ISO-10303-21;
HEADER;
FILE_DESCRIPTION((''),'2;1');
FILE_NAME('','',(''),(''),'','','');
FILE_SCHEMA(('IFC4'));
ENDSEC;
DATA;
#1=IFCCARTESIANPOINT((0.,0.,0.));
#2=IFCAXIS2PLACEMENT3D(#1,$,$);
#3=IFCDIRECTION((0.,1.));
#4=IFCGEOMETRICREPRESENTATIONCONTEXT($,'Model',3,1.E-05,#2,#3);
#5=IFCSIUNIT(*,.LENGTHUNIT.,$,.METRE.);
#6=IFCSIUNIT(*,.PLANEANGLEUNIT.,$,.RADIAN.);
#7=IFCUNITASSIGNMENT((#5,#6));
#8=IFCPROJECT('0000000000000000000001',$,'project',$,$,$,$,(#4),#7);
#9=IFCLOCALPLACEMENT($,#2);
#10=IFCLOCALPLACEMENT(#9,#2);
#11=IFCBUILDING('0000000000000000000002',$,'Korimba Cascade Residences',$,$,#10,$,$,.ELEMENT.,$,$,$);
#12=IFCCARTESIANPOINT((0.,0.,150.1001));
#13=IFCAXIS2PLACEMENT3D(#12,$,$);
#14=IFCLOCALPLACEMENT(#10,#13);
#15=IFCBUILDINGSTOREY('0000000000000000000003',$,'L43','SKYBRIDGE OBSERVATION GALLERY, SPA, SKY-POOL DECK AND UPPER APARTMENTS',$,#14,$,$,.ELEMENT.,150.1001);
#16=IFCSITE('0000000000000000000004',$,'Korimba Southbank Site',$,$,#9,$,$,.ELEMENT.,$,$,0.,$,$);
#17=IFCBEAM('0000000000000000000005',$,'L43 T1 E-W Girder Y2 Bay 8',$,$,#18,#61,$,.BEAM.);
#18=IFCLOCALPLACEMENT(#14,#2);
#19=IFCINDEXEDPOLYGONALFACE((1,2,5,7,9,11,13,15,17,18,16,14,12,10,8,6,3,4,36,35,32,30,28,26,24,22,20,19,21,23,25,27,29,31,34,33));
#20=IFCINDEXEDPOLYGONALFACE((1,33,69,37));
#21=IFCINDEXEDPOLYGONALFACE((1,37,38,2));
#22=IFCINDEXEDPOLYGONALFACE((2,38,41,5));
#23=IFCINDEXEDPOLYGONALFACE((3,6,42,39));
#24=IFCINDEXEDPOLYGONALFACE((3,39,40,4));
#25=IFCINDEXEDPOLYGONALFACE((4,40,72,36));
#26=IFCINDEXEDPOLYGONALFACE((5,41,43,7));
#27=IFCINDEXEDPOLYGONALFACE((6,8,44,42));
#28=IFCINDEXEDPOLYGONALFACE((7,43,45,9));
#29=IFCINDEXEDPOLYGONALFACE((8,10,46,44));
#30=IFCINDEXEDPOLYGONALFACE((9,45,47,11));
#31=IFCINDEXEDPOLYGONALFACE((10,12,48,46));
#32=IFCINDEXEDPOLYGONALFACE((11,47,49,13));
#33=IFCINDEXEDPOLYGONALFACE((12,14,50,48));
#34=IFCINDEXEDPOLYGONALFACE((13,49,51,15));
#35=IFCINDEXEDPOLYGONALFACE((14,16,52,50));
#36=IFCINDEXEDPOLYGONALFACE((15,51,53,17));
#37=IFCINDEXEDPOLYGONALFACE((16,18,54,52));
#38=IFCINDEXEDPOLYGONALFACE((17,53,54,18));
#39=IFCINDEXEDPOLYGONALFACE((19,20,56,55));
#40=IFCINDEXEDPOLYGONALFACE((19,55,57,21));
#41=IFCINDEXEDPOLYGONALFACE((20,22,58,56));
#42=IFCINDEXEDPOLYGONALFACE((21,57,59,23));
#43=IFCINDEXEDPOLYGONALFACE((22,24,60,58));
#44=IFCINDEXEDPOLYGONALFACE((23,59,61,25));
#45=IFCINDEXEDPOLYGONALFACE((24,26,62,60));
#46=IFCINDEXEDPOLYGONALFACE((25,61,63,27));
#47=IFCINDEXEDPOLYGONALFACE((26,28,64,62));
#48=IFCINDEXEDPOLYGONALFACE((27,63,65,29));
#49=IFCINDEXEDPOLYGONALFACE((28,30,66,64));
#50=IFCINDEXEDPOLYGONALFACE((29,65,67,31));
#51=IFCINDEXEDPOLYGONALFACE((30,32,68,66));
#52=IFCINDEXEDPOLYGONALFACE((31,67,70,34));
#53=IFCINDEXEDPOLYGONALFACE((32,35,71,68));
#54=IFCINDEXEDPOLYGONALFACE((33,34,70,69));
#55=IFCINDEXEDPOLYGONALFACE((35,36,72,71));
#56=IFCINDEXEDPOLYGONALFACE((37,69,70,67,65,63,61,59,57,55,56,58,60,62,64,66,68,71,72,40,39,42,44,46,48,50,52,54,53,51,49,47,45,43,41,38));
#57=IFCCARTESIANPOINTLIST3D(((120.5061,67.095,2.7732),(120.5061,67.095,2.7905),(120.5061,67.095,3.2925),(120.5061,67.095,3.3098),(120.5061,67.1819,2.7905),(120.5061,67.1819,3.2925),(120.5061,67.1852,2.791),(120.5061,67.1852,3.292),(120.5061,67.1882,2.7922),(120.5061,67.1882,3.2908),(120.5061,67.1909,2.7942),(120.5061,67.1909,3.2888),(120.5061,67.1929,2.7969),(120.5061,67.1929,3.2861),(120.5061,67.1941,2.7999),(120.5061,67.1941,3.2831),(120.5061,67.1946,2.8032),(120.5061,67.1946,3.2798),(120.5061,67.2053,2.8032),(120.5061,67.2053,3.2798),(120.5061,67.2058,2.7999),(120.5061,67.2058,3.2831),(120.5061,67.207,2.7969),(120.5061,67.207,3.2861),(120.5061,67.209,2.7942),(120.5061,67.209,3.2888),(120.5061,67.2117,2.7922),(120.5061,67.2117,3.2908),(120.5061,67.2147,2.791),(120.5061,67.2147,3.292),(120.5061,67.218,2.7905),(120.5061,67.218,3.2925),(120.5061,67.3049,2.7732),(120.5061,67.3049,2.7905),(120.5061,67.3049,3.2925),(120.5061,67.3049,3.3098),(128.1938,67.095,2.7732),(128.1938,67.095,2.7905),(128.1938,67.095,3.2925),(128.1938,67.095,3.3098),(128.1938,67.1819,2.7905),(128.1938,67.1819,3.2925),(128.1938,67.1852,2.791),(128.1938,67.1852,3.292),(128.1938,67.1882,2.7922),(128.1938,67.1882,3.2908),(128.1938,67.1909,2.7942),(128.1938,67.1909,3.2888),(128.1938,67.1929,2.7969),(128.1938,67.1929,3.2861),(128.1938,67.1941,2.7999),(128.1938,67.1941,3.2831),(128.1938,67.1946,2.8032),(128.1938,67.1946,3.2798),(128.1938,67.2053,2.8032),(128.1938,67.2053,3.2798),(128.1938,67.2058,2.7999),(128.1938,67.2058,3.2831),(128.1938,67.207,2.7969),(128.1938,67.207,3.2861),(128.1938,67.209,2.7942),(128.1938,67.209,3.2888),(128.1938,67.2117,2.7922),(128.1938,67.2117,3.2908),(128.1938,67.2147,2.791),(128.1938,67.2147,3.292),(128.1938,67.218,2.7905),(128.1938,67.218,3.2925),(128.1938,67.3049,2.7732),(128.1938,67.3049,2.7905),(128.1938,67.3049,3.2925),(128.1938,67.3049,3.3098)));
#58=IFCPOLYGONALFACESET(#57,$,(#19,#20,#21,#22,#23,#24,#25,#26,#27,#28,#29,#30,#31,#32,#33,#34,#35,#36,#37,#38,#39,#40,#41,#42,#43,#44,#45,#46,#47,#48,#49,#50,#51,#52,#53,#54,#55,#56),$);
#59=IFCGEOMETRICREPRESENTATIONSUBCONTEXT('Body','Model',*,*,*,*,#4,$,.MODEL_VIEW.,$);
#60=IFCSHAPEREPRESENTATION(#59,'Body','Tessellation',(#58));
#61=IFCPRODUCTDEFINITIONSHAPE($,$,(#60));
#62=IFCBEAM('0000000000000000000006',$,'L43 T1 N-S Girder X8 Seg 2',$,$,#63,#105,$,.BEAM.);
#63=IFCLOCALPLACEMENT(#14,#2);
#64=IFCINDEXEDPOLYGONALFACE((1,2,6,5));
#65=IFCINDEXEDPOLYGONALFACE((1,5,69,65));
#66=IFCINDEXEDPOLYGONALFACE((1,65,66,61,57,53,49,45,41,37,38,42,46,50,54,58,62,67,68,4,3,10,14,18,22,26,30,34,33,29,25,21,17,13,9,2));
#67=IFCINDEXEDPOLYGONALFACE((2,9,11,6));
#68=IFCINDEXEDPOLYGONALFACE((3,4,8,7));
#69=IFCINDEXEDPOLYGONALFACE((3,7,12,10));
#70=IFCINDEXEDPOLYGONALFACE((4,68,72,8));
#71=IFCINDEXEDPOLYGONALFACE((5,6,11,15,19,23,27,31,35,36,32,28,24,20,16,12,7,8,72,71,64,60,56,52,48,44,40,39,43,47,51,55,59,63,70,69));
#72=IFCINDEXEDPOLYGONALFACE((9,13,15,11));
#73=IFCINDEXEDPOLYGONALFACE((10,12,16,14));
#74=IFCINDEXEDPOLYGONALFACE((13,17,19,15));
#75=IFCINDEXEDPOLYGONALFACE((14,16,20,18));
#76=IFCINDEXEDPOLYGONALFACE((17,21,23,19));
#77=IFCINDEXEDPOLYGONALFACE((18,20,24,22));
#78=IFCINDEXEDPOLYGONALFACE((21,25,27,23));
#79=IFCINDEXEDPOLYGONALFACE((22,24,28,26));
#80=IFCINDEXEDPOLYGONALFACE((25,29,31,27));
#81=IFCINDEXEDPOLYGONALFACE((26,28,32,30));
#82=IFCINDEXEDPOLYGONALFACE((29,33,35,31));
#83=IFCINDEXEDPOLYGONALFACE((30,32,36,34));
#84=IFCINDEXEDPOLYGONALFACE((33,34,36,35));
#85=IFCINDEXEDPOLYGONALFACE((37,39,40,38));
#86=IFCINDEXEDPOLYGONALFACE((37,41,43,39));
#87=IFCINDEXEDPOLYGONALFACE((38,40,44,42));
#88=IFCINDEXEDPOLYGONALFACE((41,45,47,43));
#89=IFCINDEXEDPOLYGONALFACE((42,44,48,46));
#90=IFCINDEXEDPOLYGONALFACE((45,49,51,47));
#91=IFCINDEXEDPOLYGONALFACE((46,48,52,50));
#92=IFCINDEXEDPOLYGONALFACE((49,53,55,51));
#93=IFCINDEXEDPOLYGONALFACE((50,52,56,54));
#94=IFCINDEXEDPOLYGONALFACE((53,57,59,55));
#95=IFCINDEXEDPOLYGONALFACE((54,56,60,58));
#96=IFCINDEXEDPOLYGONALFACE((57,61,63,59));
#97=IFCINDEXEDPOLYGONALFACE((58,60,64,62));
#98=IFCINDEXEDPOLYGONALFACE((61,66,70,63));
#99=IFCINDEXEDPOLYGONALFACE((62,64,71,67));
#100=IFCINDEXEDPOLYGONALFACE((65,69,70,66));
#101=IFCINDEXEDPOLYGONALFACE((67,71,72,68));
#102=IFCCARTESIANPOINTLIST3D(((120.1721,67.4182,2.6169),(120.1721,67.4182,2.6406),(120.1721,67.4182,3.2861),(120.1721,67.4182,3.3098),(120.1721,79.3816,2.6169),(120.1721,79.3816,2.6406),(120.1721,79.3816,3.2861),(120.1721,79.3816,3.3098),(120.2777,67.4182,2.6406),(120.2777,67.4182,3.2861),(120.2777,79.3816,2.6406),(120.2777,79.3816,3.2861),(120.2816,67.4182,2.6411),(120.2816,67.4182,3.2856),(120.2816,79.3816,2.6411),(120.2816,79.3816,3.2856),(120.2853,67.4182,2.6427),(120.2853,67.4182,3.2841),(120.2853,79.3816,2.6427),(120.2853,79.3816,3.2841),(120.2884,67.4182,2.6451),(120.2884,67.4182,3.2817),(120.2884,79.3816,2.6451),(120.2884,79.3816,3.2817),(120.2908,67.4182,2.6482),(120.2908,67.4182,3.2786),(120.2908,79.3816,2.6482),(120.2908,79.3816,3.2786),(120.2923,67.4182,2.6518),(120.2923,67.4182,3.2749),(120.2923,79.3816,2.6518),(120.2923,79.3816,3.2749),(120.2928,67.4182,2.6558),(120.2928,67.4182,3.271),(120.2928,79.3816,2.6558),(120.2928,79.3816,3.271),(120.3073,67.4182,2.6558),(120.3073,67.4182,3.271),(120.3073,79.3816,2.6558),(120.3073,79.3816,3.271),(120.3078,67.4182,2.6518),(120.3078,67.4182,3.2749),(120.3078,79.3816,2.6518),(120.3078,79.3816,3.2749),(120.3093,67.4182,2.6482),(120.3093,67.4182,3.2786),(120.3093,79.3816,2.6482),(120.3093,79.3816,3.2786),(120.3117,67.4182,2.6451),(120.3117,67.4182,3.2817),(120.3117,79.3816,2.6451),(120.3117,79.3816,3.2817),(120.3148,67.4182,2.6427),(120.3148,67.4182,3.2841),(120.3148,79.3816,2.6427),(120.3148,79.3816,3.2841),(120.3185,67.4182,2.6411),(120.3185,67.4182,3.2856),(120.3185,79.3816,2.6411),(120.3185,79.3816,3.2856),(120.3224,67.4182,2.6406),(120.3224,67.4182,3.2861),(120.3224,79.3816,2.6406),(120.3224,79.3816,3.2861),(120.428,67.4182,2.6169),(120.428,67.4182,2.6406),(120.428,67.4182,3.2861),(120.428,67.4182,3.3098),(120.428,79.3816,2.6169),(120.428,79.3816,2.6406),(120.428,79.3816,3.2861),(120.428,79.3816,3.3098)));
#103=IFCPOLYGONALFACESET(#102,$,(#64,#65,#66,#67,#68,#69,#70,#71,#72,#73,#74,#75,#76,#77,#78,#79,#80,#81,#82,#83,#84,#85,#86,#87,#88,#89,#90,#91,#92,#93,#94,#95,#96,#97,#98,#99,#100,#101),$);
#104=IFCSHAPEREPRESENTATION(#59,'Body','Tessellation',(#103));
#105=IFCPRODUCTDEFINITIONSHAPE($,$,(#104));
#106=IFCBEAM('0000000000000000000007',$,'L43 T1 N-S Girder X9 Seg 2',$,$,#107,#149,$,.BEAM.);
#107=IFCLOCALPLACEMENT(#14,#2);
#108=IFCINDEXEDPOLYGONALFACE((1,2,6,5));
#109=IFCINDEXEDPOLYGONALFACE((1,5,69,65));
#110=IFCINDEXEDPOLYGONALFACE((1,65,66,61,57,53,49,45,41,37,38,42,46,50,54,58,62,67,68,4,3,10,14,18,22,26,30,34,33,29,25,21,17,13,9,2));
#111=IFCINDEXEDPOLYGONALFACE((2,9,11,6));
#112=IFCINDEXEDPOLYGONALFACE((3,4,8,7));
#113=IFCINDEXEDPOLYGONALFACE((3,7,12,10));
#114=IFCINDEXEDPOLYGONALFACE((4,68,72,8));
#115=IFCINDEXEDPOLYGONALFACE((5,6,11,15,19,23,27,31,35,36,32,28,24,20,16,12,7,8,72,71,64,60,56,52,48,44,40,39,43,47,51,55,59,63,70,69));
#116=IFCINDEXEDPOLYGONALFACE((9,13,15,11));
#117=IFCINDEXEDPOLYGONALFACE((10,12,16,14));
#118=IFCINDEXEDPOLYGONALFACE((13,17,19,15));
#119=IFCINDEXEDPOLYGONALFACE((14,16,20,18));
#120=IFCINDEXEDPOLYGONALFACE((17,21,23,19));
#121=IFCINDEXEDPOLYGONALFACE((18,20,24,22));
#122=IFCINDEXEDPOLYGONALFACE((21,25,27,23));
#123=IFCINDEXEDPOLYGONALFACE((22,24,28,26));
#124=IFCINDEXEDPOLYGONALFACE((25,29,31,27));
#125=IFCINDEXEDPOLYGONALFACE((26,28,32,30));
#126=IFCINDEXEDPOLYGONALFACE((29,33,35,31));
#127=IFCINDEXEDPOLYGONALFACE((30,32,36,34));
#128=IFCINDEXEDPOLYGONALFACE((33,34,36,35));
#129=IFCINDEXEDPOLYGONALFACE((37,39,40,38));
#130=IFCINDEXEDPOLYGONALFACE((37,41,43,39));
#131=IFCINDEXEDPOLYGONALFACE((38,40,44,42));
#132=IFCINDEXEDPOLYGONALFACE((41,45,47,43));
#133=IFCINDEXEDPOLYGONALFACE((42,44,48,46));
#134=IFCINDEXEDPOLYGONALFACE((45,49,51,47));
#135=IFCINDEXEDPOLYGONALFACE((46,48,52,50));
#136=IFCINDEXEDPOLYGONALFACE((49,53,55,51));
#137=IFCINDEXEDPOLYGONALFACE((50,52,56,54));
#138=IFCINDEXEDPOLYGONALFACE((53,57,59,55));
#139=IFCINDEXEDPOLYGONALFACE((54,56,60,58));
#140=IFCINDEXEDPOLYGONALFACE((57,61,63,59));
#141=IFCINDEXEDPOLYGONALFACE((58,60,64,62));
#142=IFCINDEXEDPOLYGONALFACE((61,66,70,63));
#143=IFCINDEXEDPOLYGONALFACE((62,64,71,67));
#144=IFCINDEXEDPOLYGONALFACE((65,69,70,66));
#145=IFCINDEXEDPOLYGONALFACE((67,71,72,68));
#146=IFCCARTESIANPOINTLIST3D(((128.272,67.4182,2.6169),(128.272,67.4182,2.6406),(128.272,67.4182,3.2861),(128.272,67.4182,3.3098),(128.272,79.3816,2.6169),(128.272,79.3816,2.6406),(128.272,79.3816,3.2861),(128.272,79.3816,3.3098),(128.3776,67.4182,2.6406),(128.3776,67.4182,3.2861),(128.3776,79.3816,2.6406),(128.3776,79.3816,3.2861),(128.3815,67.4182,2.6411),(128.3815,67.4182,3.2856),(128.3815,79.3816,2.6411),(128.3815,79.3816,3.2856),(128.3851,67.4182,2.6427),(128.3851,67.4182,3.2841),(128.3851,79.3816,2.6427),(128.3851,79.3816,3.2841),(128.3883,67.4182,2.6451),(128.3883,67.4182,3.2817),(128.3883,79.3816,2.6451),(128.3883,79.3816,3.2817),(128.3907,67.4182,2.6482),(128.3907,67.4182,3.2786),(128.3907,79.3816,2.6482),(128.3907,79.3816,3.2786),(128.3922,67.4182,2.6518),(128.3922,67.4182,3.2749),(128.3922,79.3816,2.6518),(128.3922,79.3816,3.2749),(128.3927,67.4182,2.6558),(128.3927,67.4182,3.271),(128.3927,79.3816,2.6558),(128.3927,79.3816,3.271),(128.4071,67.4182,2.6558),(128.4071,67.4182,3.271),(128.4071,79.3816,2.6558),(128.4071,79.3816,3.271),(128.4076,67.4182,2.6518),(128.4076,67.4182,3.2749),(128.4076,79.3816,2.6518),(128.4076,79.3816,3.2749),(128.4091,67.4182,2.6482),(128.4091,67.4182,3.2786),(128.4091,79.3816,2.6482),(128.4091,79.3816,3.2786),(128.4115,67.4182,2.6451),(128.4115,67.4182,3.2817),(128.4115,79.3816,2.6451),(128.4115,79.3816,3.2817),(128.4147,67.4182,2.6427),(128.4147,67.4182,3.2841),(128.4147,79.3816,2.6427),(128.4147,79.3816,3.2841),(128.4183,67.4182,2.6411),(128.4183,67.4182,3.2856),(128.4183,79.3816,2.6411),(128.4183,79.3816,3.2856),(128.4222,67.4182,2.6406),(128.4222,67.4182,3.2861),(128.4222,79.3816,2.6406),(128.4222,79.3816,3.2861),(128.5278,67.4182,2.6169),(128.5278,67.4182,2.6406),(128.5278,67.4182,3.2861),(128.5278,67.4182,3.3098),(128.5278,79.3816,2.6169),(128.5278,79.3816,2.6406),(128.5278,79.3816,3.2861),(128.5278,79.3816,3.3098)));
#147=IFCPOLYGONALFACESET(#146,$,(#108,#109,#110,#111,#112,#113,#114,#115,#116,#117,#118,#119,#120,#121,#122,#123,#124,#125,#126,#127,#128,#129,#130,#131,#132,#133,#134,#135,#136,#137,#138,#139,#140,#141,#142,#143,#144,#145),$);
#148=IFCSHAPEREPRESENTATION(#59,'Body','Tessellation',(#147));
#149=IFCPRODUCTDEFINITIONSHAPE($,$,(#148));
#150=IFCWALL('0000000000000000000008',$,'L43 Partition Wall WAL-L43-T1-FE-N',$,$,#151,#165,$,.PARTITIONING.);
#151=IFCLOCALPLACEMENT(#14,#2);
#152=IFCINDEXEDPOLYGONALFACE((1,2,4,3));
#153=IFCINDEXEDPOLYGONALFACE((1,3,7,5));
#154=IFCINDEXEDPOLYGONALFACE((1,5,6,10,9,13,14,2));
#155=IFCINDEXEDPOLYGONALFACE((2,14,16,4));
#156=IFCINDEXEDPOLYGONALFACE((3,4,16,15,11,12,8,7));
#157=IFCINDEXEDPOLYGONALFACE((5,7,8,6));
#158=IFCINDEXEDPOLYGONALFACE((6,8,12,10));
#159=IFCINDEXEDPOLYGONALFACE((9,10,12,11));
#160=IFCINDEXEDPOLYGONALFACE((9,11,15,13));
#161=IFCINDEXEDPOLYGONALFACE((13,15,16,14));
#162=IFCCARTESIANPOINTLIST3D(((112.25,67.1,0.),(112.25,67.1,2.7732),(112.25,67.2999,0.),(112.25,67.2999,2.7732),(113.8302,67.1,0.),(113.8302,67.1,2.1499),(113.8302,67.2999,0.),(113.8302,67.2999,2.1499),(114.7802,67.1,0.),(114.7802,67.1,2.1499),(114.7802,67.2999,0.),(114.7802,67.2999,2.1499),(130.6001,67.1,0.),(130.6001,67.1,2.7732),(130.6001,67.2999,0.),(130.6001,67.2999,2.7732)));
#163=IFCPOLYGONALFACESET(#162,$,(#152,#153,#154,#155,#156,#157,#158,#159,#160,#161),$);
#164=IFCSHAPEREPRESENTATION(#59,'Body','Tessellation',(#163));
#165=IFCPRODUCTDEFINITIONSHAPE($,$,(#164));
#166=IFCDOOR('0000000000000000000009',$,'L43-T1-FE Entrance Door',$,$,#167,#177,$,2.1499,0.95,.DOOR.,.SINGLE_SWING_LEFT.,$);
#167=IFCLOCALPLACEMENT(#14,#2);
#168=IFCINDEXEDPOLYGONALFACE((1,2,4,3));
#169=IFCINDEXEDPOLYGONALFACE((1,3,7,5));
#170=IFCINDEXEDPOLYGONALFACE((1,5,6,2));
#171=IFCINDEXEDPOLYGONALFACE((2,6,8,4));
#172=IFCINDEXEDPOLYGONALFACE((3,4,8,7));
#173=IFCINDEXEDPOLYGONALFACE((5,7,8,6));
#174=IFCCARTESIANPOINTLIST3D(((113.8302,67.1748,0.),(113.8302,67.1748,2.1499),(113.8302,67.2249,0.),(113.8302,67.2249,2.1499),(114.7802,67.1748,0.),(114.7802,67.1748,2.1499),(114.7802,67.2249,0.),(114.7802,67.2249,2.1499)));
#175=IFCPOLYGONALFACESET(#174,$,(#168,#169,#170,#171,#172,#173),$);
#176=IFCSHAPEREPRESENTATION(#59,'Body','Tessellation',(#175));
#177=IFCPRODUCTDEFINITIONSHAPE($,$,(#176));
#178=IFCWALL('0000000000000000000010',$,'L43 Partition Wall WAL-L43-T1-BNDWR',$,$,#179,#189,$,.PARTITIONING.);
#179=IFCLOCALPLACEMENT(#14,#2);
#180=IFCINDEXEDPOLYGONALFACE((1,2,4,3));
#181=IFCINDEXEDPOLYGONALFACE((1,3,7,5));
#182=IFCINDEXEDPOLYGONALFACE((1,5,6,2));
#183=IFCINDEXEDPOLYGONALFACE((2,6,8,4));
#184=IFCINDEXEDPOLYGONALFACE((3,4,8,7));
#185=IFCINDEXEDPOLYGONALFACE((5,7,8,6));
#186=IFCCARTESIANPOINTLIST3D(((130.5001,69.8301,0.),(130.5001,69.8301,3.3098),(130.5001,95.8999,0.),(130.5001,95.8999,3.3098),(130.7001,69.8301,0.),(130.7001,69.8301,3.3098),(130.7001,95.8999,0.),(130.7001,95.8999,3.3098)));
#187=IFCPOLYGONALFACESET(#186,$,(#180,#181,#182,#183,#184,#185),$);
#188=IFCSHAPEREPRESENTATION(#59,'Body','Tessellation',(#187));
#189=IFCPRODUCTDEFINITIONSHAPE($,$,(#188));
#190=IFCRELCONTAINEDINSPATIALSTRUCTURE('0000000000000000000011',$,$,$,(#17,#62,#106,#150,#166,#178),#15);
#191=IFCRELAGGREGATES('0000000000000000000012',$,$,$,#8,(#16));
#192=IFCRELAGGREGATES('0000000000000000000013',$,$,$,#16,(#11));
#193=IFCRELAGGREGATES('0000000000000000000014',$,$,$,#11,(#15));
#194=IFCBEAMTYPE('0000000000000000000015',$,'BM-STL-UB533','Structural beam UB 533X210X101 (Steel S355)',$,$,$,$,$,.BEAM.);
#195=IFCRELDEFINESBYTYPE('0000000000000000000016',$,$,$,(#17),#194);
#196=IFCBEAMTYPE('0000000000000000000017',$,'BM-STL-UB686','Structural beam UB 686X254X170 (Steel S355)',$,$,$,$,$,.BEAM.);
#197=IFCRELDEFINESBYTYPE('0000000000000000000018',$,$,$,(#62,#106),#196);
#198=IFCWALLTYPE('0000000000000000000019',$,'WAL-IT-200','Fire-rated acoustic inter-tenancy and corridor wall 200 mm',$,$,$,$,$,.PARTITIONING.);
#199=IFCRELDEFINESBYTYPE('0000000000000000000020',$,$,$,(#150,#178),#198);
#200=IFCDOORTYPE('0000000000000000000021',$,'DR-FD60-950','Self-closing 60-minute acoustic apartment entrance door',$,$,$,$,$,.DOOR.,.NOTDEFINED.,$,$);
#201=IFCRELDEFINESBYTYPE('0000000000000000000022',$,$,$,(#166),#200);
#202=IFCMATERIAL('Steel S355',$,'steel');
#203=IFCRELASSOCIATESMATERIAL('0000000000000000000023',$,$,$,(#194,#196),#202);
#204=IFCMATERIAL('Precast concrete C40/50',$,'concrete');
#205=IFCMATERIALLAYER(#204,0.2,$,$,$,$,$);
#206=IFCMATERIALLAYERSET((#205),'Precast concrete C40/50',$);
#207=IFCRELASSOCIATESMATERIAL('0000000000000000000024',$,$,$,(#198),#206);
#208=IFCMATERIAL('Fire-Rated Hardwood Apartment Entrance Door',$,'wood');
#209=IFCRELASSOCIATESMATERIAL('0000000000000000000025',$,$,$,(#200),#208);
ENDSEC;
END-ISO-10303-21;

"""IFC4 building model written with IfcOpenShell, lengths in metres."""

from ifc_helpers import new_model, si_unit, direction, frame, frame_2d, origin, origin_2d, place, context, subcontext, project, spatial, rectangle, i_section, extrude, material, layer, layer_set, material_profile, profile_set, type_object, element, fill, save


model = new_model("IFC4")

# Units and contexts
model_context = context("Model", 3, precision=1e-05, world=origin(), true_north=direction((0.0, 1.0)))
body_context = subcontext(model_context, "Body", "Model", "MODEL_VIEW")
ifc_project = project(units=[si_unit("LENGTHUNIT", "METRE"), si_unit("PLANEANGLEUNIT", "RADIAN")], contexts=[model_context])

# Site, building, storey
site_placement = place(None, origin())
site = spatial("IfcSite", under=ifc_project, at=site_placement, Name="Korimba Southbank Site", CompositionType="ELEMENT", RefElevation=0.0)
building_placement = place(site_placement, origin())
building = spatial("IfcBuilding", under=site, at=building_placement, Name="Korimba Cascade Residences", CompositionType="ELEMENT")
storey_placement = place(building_placement, frame((0.0, 0.0, 150.1001)))
storey = spatial("IfcBuildingStorey", under=building, at=storey_placement, Name="L43", Description="SKYBRIDGE OBSERVATION GALLERY, SPA, SKY-POOL DECK AND UPPER APARTMENTS", CompositionType="ELEMENT", Elevation=150.1001)

# Beams
ifc_material_1 = material(Name="Steel S355", Category="steel")
ifc_material_profile_1 = material_profile(ifc_material_1, i_section(OverallWidth=0.21, OverallDepth=0.5366, WebThickness=0.0107, FlangeThickness=0.0173, FilletRadius=0.0127, at=origin_2d()), Name="Steel S355")
ifc_profile_set_1 = profile_set([ifc_material_profile_1], Name="Steel S355")
beam_type_1 = type_object("IfcBeamType", Name="BM-STL-UB533", Description="Structural beam UB 533X210X101 (Steel S355)", PredefinedType="BEAM", material=ifc_profile_set_1)
beam_1_placement = place(storey_placement, frame((120.5061, 67.2, 3.0415), z_axis=(1.0, 0.0, 0.0), x_axis=(0.0, 1.0, 0.0)))
element("IfcBeam", 1, at=beam_1_placement, inside=storey, type_object=beam_type_1, Name="L43 T1 E-W Girder Y2 Bay 8", PredefinedType="BEAM", context=body_context, shape_type="SweptSolid", body=[
    extrude(i_section(OverallWidth=0.21, OverallDepth=0.5366, WebThickness=0.0107, FlangeThickness=0.0173, FilletRadius=0.0127, at=origin_2d()), origin(), (0.0, 0.0, 1.0), 7.6877),
])
ifc_material_profile_2 = material_profile(ifc_material_1, i_section(OverallWidth=0.2559, OverallDepth=0.6929, WebThickness=0.0144, FlangeThickness=0.0237, FilletRadius=0.0151, at=origin_2d()), Name="Steel S355")
ifc_profile_set_2 = profile_set([ifc_material_profile_2], Name="Steel S355")
beam_type_2 = type_object("IfcBeamType", Name="BM-STL-UB686", Description="Structural beam UB 686X254X170 (Steel S355)", PredefinedType="BEAM", material=ifc_profile_set_2)
for number, where, z_axis, x_axis, name in (
    (2, (120.3, 67.4182, 2.9634), (0.0, 1.0, 0.0), (-1.0, 0.0, 0.0), "L43 T1 N-S Girder X8 Seg 2"),
    (3, (128.3999, 67.4182, 2.9634), (0.0, 1.0, 0.0), (-1.0, 0.0, 0.0), "L43 T1 N-S Girder X9 Seg 2"),
):
    element("IfcBeam", number, at=place(storey_placement, frame(where, z_axis=z_axis, x_axis=x_axis)), inside=storey, type_object=beam_type_2, Name=name, PredefinedType="BEAM", context=body_context, shape_type="SweptSolid", body=[
        extrude(i_section(OverallWidth=0.2559, OverallDepth=0.6929, WebThickness=0.0144, FlangeThickness=0.0237, FilletRadius=0.0151, at=origin_2d()), origin(), (0.0, 0.0, 1.0), 11.9634),
    ])

# Wall, opening, door
ifc_material_2 = material(Name="Precast concrete C40/50", Category="concrete")
ifc_layer_1 = layer(ifc_material_2, 0.2)
ifc_layer_set_1 = layer_set([ifc_layer_1], Name="Precast concrete C40/50")
wall_type_1 = type_object("IfcWallType", Name="WAL-IT-200", Description="Fire-rated acoustic inter-tenancy and corridor wall 200 mm", PredefinedType="PARTITIONING", material=ifc_layer_set_1)
wall_1_placement = place(storey_placement, frame((112.25, 67.2, 0.0), z_axis=(0.0, 0.0, 1.0), x_axis=(1.0, 0.0, 0.0)))
wall_1 = element("IfcWall", 4, at=wall_1_placement, inside=storey, type_object=wall_type_1, Name="L43 Partition Wall WAL-L43-T1-FE-N", PredefinedType="PARTITIONING", context=body_context, shape_type="SweptSolid", body=[
    extrude(rectangle(XDim=18.3501, YDim=0.2, at=frame_2d((9.175, 0.0))), origin(), (0.0, 0.0, 1.0), 2.7732),
])
opening_1_placement = place(wall_1_placement, frame((1.5801, 0.0, 0.0)))
opening_1 = element("IfcOpeningElement", 5, at=opening_1_placement, cuts=wall_1, PredefinedType="OPENING", context=body_context, shape_type="SweptSolid", body=[
    extrude(rectangle(XDim=0.95, YDim=2.1499, at=frame_2d((0.4751, 1.075))), frame((0.0, 0.1099, 0.0), z_axis=(0.0, -1.0, 0.0), x_axis=(1.0, 0.0, 0.0)), (0.0, 0.0, 1.0), 0.22),
])
ifc_material_3 = material(Name="Fire-Rated Hardwood Apartment Entrance Door", Category="wood")
door_type_1 = type_object("IfcDoorType", Name="DR-FD60-950", Description="Self-closing 60-minute acoustic apartment entrance door", OperationType="NOTDEFINED", PredefinedType="DOOR", material=ifc_material_3)
door_1_placement = place(opening_1_placement, origin())
door_1 = element("IfcDoor", 6, at=door_1_placement, inside=storey, type_object=door_type_1, Name="L43-T1-FE Entrance Door", OperationType="SINGLE_SWING_LEFT", OverallHeight=2.1499, OverallWidth=0.95, PredefinedType="DOOR", context=body_context, shape_type="SweptSolid", body=[
    extrude(rectangle(XDim=0.95, YDim=2.1499, at=frame_2d((0.4751, 1.075))), frame((0.0, 0.0249, 0.0), z_axis=(0.0, -1.0, 0.0), x_axis=(1.0, 0.0, 0.0)), (0.0, 0.0, 1.0), 0.05),
])
fill(opening_1, door_1)

# Wall
for number, where, z_axis, x_axis, name in (
    (7, (130.6001, 69.8301, 0.0), (0.0, 0.0, 1.0), (0.0, 1.0, 0.0), "L43 Partition Wall WAL-L43-T1-BNDWR"),
):
    element("IfcWall", number, at=place(storey_placement, frame(where, z_axis=z_axis, x_axis=x_axis)), inside=storey, type_object=wall_type_1, Name=name, PredefinedType="PARTITIONING", context=body_context, shape_type="SweptSolid", body=[
        extrude(rectangle(XDim=26.0698, YDim=0.2, at=frame_2d((13.0349, 0.0))), origin(), (0.0, 0.0, 1.0), 3.3098),
    ])

save(model, "model.ifc")
